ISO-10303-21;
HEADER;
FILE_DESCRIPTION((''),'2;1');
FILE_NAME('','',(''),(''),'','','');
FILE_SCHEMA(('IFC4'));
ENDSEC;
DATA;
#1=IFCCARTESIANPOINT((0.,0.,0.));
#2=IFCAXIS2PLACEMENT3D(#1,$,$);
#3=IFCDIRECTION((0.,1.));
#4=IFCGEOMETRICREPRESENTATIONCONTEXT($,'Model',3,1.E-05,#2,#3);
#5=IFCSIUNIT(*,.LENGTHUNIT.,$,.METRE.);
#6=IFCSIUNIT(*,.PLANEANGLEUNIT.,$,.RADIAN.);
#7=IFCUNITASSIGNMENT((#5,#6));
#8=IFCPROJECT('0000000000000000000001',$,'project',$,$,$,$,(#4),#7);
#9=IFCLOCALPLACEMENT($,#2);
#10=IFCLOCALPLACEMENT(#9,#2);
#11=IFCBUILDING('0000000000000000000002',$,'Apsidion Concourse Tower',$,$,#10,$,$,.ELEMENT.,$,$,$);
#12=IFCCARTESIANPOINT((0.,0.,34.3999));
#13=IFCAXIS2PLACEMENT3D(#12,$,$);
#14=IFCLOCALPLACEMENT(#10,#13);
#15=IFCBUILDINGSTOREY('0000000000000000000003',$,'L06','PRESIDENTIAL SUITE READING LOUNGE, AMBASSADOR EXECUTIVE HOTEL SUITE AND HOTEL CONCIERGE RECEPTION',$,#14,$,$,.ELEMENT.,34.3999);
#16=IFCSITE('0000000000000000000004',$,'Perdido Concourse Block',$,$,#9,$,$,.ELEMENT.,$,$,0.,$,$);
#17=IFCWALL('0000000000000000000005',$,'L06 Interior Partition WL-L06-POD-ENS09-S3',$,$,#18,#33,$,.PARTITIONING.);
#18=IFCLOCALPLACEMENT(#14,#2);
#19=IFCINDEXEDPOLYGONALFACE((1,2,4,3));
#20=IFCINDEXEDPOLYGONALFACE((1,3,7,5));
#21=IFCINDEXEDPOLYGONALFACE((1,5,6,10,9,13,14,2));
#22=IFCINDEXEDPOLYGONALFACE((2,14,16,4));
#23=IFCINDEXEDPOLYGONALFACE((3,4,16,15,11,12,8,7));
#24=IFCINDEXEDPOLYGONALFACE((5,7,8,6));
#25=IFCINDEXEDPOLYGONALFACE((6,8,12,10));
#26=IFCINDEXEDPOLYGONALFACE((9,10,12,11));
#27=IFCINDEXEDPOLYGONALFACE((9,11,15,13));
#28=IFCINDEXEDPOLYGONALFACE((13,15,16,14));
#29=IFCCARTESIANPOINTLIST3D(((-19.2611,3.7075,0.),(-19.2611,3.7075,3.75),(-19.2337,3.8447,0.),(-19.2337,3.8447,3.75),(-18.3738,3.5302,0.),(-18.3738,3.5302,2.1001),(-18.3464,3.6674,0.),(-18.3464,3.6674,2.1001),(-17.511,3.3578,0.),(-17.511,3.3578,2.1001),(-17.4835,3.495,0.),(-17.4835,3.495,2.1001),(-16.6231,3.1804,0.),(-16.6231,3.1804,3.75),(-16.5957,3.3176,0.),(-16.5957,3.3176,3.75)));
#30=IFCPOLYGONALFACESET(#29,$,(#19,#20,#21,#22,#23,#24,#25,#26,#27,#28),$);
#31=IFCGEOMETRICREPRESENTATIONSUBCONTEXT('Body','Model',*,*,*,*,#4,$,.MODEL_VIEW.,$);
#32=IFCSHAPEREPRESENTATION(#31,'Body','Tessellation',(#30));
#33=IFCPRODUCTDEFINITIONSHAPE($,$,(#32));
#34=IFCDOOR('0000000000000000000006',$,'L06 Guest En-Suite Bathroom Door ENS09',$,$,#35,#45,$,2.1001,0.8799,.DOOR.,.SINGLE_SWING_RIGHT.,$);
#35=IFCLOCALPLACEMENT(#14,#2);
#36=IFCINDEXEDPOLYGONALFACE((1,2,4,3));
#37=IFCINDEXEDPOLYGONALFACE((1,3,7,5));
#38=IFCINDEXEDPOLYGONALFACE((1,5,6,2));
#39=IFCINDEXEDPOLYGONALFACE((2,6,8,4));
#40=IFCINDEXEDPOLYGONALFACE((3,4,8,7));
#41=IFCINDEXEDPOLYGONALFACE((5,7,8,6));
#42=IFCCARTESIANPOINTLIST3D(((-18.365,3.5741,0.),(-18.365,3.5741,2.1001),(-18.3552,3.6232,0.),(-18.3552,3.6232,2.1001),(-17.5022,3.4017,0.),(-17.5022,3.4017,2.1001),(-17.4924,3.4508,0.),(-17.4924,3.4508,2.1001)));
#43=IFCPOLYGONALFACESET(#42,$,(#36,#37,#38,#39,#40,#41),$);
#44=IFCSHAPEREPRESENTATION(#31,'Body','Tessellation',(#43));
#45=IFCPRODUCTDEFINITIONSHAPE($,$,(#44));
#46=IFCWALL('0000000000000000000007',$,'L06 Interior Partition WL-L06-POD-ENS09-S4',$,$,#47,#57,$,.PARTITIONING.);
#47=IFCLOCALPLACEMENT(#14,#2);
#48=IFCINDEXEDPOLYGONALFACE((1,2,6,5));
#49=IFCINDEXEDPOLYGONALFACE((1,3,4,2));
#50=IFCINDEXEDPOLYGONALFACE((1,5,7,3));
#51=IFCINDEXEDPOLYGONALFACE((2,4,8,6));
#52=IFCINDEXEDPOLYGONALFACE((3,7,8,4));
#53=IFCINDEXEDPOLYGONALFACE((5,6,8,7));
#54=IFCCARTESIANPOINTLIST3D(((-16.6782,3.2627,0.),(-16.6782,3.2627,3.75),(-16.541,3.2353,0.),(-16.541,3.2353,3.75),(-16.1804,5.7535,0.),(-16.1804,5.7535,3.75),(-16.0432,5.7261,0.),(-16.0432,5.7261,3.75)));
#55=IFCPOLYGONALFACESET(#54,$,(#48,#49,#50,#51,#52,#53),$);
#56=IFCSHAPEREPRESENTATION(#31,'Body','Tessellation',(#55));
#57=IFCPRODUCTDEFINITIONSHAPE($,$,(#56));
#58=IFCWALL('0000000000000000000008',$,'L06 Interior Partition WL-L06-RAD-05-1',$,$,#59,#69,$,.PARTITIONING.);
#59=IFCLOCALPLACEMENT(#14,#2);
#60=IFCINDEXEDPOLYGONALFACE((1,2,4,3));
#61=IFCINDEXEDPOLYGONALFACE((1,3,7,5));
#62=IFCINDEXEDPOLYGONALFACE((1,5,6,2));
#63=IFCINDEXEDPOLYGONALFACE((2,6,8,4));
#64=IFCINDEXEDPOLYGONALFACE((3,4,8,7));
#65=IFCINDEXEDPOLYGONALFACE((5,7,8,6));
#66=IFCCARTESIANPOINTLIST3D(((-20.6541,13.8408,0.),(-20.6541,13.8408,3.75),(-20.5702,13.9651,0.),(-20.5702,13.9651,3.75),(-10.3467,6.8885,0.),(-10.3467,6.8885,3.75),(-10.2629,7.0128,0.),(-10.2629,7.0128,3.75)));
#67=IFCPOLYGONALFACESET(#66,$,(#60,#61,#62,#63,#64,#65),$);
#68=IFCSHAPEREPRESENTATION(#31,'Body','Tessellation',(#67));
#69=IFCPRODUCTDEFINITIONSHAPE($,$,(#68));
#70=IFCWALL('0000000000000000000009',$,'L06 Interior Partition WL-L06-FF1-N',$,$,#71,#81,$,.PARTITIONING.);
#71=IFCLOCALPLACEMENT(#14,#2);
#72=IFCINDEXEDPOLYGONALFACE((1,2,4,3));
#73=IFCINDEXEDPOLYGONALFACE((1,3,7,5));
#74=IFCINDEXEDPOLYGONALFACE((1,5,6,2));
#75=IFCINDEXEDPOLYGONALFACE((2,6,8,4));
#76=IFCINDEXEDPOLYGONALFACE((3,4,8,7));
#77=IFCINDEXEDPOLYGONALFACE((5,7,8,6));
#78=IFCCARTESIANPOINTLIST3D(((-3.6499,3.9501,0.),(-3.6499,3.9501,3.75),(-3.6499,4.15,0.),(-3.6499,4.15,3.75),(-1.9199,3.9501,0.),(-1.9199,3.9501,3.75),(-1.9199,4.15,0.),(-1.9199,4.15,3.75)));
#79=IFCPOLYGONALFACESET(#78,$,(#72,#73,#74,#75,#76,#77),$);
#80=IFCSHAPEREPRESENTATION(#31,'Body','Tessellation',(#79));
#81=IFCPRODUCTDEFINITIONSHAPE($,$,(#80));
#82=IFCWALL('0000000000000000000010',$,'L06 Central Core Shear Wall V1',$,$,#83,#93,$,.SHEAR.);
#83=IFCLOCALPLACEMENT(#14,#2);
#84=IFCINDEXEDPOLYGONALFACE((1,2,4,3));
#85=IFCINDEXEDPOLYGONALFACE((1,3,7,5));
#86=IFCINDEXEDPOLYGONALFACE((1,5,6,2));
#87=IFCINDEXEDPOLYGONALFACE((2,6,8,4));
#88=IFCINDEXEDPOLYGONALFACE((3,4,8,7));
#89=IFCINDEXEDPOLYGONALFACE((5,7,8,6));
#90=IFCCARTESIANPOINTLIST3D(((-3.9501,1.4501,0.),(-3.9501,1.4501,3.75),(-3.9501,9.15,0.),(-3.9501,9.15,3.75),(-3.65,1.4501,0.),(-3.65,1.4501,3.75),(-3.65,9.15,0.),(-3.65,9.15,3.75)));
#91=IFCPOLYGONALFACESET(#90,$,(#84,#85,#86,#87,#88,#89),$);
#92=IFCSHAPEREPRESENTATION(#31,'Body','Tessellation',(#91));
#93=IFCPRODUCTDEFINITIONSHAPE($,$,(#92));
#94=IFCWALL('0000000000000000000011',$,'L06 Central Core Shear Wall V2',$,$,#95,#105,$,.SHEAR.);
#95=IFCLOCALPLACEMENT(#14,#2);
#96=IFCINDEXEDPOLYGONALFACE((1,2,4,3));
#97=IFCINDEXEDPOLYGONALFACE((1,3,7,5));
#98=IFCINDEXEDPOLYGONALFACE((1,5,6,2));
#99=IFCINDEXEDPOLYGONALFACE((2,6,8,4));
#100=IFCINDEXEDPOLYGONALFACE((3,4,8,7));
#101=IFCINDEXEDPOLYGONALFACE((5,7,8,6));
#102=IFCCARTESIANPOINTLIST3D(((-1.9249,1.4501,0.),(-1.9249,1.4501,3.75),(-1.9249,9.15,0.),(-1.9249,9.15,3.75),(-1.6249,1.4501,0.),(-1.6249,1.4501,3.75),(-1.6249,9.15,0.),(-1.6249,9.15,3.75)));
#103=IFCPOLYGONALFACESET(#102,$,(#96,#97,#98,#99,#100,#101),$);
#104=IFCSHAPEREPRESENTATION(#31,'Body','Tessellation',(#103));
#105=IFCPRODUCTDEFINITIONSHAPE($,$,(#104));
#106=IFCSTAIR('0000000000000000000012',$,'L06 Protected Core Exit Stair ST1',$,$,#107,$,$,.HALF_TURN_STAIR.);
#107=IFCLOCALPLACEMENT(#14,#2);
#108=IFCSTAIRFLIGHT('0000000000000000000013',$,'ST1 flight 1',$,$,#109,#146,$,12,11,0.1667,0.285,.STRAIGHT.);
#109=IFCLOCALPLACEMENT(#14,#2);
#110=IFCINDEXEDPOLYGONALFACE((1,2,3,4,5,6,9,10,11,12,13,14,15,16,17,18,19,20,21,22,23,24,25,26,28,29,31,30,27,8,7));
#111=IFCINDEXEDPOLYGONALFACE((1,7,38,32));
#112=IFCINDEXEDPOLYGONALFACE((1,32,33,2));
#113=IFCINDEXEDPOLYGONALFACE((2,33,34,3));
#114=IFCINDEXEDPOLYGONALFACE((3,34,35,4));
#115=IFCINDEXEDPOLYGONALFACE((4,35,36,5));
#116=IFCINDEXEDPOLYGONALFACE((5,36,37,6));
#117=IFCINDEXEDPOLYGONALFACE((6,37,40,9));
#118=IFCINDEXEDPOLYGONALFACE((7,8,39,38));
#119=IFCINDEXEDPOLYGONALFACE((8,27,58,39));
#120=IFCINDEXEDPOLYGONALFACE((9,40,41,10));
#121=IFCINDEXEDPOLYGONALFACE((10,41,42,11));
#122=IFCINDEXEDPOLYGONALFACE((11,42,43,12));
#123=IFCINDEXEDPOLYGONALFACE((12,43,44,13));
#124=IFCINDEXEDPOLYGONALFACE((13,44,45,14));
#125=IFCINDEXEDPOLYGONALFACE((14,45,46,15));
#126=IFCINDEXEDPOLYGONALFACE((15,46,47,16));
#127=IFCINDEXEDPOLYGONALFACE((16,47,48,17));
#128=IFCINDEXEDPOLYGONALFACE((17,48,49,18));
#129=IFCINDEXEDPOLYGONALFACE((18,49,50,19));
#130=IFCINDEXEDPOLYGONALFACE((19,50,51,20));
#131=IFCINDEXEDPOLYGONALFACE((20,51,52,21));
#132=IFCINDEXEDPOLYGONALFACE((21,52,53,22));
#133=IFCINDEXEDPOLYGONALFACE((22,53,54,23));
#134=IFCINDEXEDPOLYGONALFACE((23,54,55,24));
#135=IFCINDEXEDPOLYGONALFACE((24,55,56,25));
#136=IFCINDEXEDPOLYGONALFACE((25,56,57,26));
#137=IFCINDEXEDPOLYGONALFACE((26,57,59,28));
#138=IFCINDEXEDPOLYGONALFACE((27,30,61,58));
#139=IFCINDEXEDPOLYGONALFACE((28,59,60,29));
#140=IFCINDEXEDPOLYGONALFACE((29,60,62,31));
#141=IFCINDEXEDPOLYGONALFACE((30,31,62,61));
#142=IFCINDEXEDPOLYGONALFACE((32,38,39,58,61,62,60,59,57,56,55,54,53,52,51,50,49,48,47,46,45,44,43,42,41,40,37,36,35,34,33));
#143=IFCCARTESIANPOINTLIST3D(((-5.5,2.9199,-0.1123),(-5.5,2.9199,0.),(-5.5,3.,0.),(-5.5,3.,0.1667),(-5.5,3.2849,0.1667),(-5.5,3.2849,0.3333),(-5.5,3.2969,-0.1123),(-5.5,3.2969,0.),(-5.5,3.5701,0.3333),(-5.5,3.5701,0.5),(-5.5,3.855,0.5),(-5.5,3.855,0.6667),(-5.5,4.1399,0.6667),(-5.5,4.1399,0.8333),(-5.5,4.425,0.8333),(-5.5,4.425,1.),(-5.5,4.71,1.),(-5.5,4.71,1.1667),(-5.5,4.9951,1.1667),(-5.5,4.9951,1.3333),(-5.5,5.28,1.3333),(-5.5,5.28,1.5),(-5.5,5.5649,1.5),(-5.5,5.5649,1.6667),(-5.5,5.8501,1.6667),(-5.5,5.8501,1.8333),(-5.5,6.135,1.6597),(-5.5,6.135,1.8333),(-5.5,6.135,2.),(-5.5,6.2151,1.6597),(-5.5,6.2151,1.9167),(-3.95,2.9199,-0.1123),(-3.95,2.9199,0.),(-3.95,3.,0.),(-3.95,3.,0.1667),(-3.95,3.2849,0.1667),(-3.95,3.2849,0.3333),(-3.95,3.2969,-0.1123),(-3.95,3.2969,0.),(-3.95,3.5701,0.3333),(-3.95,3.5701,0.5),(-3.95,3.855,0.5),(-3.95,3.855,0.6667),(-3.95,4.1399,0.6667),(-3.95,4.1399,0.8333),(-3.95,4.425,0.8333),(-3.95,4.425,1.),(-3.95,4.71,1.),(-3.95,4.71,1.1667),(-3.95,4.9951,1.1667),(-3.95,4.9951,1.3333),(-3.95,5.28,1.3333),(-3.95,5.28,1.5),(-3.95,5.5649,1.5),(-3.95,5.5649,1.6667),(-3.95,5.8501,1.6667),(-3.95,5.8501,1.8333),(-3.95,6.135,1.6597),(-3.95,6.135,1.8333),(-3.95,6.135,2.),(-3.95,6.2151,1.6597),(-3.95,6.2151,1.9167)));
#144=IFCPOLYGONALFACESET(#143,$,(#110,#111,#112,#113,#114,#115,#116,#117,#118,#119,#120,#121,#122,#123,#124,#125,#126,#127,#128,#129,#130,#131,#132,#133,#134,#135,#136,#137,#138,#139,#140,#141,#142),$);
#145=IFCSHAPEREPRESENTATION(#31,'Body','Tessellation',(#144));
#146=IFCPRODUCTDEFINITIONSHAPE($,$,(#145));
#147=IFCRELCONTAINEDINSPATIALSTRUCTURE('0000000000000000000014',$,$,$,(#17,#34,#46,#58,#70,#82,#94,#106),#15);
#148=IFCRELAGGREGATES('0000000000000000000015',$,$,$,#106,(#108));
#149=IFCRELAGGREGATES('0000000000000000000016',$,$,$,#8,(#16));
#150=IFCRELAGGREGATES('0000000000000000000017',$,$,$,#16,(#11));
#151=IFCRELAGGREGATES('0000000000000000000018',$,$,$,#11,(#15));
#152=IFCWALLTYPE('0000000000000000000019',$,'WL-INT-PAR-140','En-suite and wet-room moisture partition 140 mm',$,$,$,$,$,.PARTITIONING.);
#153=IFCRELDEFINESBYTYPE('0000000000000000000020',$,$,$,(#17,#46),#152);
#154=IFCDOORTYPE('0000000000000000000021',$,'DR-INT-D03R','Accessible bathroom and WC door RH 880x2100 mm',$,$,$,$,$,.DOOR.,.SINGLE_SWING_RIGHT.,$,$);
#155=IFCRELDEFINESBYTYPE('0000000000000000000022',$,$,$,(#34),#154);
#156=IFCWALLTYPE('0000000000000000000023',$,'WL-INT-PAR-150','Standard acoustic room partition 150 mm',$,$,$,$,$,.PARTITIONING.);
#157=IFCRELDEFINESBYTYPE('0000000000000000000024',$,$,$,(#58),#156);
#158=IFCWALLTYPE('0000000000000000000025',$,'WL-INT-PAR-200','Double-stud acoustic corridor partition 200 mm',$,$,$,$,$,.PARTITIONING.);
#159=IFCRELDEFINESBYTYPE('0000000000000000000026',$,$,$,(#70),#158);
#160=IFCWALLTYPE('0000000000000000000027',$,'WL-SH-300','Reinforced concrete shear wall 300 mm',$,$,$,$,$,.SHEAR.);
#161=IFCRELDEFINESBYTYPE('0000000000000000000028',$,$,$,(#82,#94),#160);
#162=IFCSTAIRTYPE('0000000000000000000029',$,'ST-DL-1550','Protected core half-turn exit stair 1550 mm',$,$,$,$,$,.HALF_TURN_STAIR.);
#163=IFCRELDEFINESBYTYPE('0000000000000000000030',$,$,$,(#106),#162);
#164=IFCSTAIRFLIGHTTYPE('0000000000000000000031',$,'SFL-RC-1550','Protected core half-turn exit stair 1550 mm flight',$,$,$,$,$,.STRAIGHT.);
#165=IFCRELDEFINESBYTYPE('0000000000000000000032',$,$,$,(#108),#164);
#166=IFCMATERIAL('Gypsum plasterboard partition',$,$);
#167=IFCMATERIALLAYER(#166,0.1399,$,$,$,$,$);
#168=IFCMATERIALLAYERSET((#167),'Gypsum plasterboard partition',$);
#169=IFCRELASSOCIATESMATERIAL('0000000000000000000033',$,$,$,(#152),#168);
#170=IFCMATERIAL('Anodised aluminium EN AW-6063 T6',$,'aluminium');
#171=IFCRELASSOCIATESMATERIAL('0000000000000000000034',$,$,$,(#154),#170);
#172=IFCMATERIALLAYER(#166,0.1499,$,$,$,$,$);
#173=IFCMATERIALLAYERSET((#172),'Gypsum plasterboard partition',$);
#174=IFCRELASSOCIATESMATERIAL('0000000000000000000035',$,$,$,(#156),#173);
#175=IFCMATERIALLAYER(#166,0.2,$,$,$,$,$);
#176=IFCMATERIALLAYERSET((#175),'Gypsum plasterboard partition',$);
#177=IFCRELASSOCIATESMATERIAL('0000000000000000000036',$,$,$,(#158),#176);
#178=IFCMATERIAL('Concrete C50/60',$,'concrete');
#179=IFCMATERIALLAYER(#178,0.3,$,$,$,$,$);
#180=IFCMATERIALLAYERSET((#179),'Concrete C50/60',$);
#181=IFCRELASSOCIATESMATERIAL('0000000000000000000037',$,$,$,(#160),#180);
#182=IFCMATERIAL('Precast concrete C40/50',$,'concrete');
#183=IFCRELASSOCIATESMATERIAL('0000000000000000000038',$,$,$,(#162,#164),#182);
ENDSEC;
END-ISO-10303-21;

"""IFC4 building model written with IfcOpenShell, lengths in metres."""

from ifc_helpers import new_model, si_unit, direction, frame, frame_2d, origin, place, context, subcontext, project, spatial, polyline, rectangle, outline, extrude, material, layer, layer_set, type_object, element, fill, aggregate, save


model = new_model("IFC4")

# Units and contexts
model_context = context("Model", 3, precision=1e-05, world=origin(), true_north=direction((0.0, 1.0)))
body_context = subcontext(model_context, "Body", "Model", "MODEL_VIEW")
ifc_project = project(units=[si_unit("LENGTHUNIT", "METRE"), si_unit("PLANEANGLEUNIT", "RADIAN")], contexts=[model_context])

# Site, building, storey
site_placement = place(None, origin())
site = spatial("IfcSite", under=ifc_project, at=site_placement, Name="Perdido Concourse Block", CompositionType="ELEMENT", RefElevation=0.0)
building_placement = place(site_placement, origin())
building = spatial("IfcBuilding", under=site, at=building_placement, Name="Apsidion Concourse Tower", CompositionType="ELEMENT")
storey_placement = place(building_placement, frame((0.0, 0.0, 34.3999)))
storey = spatial("IfcBuildingStorey", under=building, at=storey_placement, Name="L06", Description="PRESIDENTIAL SUITE READING LOUNGE, AMBASSADOR EXECUTIVE HOTEL SUITE AND HOTEL CONCIERGE RECEPTION", CompositionType="ELEMENT", Elevation=34.3999)

# Shared definitions
ifc_material_1 = material(Name="Concrete C50/60", Category="concrete")

# Shared definitions
ifc_material_2 = material(Name="Gypsum plasterboard partition")
ifc_layer_1 = layer(ifc_material_2, 0.1399)
ifc_layer_set_1 = layer_set([ifc_layer_1], Name="Gypsum plasterboard partition")
wall_type_1 = type_object("IfcWallType", Name="WL-INT-PAR-140", Description="En-suite and wet-room moisture partition 140 mm", PredefinedType="PARTITIONING", material=ifc_layer_set_1)

# Wall, opening, door
wall_1_placement = place(storey_placement, frame((-19.2476, 3.7761, 0.0), z_axis=(0.0, 0.0, 1.0), x_axis=(0.980616, -0.195942, 0.0)))
wall_1 = element("IfcWall", 1, at=wall_1_placement, inside=storey, type_object=wall_type_1, Name="L06 Interior Partition WL-L06-POD-ENS09-S3", PredefinedType="PARTITIONING", context=body_context, shape_type="SweptSolid", body=[
    extrude(rectangle(XDim=2.6902, YDim=0.1399, at=frame_2d((1.3452, 0.0))), origin(), (0.0, 0.0, 1.0), 3.75),
])
opening_1_placement = place(wall_1_placement, frame((0.905, 0.0, 0.0)))
opening_1 = element("IfcOpeningElement", 2, at=opening_1_placement, cuts=wall_1, PredefinedType="OPENING", context=body_context, shape_type="SweptSolid", body=[
    extrude(rectangle(XDim=0.8799, YDim=2.1001, at=frame_2d((0.4399, 1.05))), frame((0.0, 0.0801, 0.0), z_axis=(0.0, -1.0, 0.0), x_axis=(1.0, 0.0, 0.0)), (0.0, 0.0, 1.0), 0.1599),
])
ifc_material_3 = material(Name="Anodised aluminium EN AW-6063 T6", Category="aluminium")
door_type_1 = type_object("IfcDoorType", Name="DR-INT-D03R", Description="Accessible bathroom and WC door RH 880x2100 mm", OperationType="SINGLE_SWING_RIGHT", PredefinedType="DOOR", material=ifc_material_3)
door_1_placement = place(opening_1_placement, origin())
door_1 = element("IfcDoor", 3, at=door_1_placement, inside=storey, type_object=door_type_1, Name="L06 Guest En-Suite Bathroom Door ENS09", OperationType="SINGLE_SWING_RIGHT", OverallHeight=2.1001, OverallWidth=0.8799, PredefinedType="DOOR", context=body_context, shape_type="SweptSolid", body=[
    extrude(rectangle(XDim=0.8799, YDim=2.1001, at=frame_2d((0.4399, 1.05))), frame((0.0, 0.0249, 0.0), z_axis=(0.0, -1.0, 0.0), x_axis=(1.0, 0.0, 0.0)), (0.0, 0.0, 1.0), 0.05),
])
fill(opening_1, door_1)

# Walls
wall_2_placement = place(storey_placement, frame((-16.6096, 3.249, 0.0), z_axis=(0.0, 0.0, 1.0), x_axis=(0.195987, 0.980607, 0.0)))
element("IfcWall", 4, at=wall_2_placement, inside=storey, type_object=wall_type_1, Name="L06 Interior Partition WL-L06-POD-ENS09-S4", PredefinedType="PARTITIONING", context=body_context, shape_type="SweptSolid", body=[
    extrude(rectangle(XDim=2.54, YDim=0.1399, at=frame_2d((1.27, 0.0))), origin(), (0.0, 0.0, 1.0), 3.75),
])
ifc_layer_2 = layer(ifc_material_2, 0.1499)
ifc_layer_set_2 = layer_set([ifc_layer_2], Name="Gypsum plasterboard partition")
wall_type_2 = type_object("IfcWallType", Name="WL-INT-PAR-150", Description="Standard acoustic room partition 150 mm", PredefinedType="PARTITIONING", material=ifc_layer_set_2)
wall_3_placement = place(storey_placement, frame((-10.3049, 6.9507, 0.0), z_axis=(0.0, 0.0, 1.0), x_axis=(-0.829038, 0.559192, 0.0)))
element("IfcWall", 5, at=wall_3_placement, inside=storey, type_object=wall_type_2, Name="L06 Interior Partition WL-L06-RAD-05-1", PredefinedType="PARTITIONING", context=body_context, shape_type="SweptSolid", body=[
    extrude(rectangle(XDim=12.4329, YDim=0.1499, at=frame_2d((6.2163, 0.0))), origin(), (0.0, 0.0, 1.0), 3.75),
])
ifc_layer_3 = layer(ifc_material_2, 0.2)
ifc_layer_set_3 = layer_set([ifc_layer_3], Name="Gypsum plasterboard partition")
wall_type_3 = type_object("IfcWallType", Name="WL-INT-PAR-200", Description="Double-stud acoustic corridor partition 200 mm", PredefinedType="PARTITIONING", material=ifc_layer_set_3)
wall_4_placement = place(storey_placement, frame((-3.6499, 4.05, 0.0), z_axis=(0.0, 0.0, 1.0), x_axis=(1.0, 0.0, 0.0)))
element("IfcWall", 6, at=wall_4_placement, inside=storey, type_object=wall_type_3, Name="L06 Interior Partition WL-L06-FF1-N", PredefinedType="PARTITIONING", context=body_context, shape_type="SweptSolid", body=[
    extrude(rectangle(XDim=1.73, YDim=0.2, at=frame_2d((0.865, 0.0))), origin(), (0.0, 0.0, 1.0), 3.75),
])
ifc_layer_4 = layer(ifc_material_1, 0.3)
ifc_layer_set_4 = layer_set([ifc_layer_4], Name="Concrete C50/60")
wall_type_4 = type_object("IfcWallType", Name="WL-SH-300", Description="Reinforced concrete shear wall 300 mm", PredefinedType="SHEAR", material=ifc_layer_set_4)
for number, where, z_axis, x_axis, name in (
    (7, (-3.8, 1.45, 0.0), (0.0, 0.0, 1.0), (0.0, 1.0, 0.0), "L06 Central Core Shear Wall V1"),
    (8, (-1.7749, 1.45, 0.0), (0.0, 0.0, 1.0), (0.0, 1.0, 0.0), "L06 Central Core Shear Wall V2"),
):
    element("IfcWall", number, at=place(storey_placement, frame(where, z_axis=z_axis, x_axis=x_axis)), inside=storey, type_object=wall_type_4, Name=name, PredefinedType="SHEAR", context=body_context, shape_type="SweptSolid", body=[
        extrude(rectangle(XDim=7.7, YDim=0.3, at=frame_2d((3.8501, 0.0))), origin(), (0.0, 0.0, 1.0), 3.75),
    ])

# Stair, stair flight
ifc_material_4 = material(Name="Precast concrete C40/50", Category="concrete")
stair_type = type_object("IfcStairType", Name="ST-DL-1550", Description="Protected core half-turn exit stair 1550 mm", PredefinedType="HALF_TURN_STAIR", material=ifc_material_4)
stair_placement = place(storey_placement, origin())
stair = element("IfcStair", 9, at=stair_placement, inside=storey, type_object=stair_type, Name="L06 Protected Core Exit Stair ST1", PredefinedType="HALF_TURN_STAIR")
stair_flight_type = type_object("IfcStairFlightType", Name="SFL-RC-1550", Description="Protected core half-turn exit stair 1550 mm flight", PredefinedType="STRAIGHT", material=ifc_material_4)
stair_flight_1_placement = place(storey_placement, frame((-4.7251, 3.0, 0.0), z_axis=(0.0, 0.0, 1.0), x_axis=(0.0, 1.0, 0.0)))
stair_flight_1 = element("IfcStairFlight", 10, at=stair_flight_1_placement, type_object=stair_flight_type, Name="ST1 flight 1", NumberOfRisers=12, NumberOfTreads=11, PredefinedType="STRAIGHT", RiserHeight=0.1667, TreadLength=0.285, context=body_context, shape_type="SweptSolid", body=[
    extrude(outline(polyline([(-0.0801, -0.1123), (-0.0801, 0.0), (0.0, 0.0), (0.0, 0.1667), (0.2849, 0.1667), (0.2849, 0.3333), (0.5701, 0.3333), (0.5701, 0.5), (0.855, 0.5), (0.855, 0.6667), (1.1399, 0.6667), (1.1399, 0.8333), (1.425, 0.8333), (1.425, 1.0), (1.71, 1.0), (1.71, 1.1667), (1.9951, 1.1667), (1.9951, 1.3333), (2.28, 1.3333), (2.28, 1.5), (2.5649, 1.5), (2.5649, 1.6667), (2.8501, 1.6667), (2.8501, 1.8333), (3.135, 1.8333), (3.135, 2.0), (3.2151, 1.9167), (3.2151, 1.6597), (3.135, 1.6597), (0.2969, 0.0), (0.2969, -0.1123), (-0.0801, -0.1123)])), frame((0.0, 0.7749, 0.0), z_axis=(0.0, -1.0, 0.0), x_axis=(1.0, 0.0, 0.0)), (0.0, 0.0, 1.0), 1.55),
])
aggregate(stair, [stair_flight_1])

save(model, "model.ifc")
